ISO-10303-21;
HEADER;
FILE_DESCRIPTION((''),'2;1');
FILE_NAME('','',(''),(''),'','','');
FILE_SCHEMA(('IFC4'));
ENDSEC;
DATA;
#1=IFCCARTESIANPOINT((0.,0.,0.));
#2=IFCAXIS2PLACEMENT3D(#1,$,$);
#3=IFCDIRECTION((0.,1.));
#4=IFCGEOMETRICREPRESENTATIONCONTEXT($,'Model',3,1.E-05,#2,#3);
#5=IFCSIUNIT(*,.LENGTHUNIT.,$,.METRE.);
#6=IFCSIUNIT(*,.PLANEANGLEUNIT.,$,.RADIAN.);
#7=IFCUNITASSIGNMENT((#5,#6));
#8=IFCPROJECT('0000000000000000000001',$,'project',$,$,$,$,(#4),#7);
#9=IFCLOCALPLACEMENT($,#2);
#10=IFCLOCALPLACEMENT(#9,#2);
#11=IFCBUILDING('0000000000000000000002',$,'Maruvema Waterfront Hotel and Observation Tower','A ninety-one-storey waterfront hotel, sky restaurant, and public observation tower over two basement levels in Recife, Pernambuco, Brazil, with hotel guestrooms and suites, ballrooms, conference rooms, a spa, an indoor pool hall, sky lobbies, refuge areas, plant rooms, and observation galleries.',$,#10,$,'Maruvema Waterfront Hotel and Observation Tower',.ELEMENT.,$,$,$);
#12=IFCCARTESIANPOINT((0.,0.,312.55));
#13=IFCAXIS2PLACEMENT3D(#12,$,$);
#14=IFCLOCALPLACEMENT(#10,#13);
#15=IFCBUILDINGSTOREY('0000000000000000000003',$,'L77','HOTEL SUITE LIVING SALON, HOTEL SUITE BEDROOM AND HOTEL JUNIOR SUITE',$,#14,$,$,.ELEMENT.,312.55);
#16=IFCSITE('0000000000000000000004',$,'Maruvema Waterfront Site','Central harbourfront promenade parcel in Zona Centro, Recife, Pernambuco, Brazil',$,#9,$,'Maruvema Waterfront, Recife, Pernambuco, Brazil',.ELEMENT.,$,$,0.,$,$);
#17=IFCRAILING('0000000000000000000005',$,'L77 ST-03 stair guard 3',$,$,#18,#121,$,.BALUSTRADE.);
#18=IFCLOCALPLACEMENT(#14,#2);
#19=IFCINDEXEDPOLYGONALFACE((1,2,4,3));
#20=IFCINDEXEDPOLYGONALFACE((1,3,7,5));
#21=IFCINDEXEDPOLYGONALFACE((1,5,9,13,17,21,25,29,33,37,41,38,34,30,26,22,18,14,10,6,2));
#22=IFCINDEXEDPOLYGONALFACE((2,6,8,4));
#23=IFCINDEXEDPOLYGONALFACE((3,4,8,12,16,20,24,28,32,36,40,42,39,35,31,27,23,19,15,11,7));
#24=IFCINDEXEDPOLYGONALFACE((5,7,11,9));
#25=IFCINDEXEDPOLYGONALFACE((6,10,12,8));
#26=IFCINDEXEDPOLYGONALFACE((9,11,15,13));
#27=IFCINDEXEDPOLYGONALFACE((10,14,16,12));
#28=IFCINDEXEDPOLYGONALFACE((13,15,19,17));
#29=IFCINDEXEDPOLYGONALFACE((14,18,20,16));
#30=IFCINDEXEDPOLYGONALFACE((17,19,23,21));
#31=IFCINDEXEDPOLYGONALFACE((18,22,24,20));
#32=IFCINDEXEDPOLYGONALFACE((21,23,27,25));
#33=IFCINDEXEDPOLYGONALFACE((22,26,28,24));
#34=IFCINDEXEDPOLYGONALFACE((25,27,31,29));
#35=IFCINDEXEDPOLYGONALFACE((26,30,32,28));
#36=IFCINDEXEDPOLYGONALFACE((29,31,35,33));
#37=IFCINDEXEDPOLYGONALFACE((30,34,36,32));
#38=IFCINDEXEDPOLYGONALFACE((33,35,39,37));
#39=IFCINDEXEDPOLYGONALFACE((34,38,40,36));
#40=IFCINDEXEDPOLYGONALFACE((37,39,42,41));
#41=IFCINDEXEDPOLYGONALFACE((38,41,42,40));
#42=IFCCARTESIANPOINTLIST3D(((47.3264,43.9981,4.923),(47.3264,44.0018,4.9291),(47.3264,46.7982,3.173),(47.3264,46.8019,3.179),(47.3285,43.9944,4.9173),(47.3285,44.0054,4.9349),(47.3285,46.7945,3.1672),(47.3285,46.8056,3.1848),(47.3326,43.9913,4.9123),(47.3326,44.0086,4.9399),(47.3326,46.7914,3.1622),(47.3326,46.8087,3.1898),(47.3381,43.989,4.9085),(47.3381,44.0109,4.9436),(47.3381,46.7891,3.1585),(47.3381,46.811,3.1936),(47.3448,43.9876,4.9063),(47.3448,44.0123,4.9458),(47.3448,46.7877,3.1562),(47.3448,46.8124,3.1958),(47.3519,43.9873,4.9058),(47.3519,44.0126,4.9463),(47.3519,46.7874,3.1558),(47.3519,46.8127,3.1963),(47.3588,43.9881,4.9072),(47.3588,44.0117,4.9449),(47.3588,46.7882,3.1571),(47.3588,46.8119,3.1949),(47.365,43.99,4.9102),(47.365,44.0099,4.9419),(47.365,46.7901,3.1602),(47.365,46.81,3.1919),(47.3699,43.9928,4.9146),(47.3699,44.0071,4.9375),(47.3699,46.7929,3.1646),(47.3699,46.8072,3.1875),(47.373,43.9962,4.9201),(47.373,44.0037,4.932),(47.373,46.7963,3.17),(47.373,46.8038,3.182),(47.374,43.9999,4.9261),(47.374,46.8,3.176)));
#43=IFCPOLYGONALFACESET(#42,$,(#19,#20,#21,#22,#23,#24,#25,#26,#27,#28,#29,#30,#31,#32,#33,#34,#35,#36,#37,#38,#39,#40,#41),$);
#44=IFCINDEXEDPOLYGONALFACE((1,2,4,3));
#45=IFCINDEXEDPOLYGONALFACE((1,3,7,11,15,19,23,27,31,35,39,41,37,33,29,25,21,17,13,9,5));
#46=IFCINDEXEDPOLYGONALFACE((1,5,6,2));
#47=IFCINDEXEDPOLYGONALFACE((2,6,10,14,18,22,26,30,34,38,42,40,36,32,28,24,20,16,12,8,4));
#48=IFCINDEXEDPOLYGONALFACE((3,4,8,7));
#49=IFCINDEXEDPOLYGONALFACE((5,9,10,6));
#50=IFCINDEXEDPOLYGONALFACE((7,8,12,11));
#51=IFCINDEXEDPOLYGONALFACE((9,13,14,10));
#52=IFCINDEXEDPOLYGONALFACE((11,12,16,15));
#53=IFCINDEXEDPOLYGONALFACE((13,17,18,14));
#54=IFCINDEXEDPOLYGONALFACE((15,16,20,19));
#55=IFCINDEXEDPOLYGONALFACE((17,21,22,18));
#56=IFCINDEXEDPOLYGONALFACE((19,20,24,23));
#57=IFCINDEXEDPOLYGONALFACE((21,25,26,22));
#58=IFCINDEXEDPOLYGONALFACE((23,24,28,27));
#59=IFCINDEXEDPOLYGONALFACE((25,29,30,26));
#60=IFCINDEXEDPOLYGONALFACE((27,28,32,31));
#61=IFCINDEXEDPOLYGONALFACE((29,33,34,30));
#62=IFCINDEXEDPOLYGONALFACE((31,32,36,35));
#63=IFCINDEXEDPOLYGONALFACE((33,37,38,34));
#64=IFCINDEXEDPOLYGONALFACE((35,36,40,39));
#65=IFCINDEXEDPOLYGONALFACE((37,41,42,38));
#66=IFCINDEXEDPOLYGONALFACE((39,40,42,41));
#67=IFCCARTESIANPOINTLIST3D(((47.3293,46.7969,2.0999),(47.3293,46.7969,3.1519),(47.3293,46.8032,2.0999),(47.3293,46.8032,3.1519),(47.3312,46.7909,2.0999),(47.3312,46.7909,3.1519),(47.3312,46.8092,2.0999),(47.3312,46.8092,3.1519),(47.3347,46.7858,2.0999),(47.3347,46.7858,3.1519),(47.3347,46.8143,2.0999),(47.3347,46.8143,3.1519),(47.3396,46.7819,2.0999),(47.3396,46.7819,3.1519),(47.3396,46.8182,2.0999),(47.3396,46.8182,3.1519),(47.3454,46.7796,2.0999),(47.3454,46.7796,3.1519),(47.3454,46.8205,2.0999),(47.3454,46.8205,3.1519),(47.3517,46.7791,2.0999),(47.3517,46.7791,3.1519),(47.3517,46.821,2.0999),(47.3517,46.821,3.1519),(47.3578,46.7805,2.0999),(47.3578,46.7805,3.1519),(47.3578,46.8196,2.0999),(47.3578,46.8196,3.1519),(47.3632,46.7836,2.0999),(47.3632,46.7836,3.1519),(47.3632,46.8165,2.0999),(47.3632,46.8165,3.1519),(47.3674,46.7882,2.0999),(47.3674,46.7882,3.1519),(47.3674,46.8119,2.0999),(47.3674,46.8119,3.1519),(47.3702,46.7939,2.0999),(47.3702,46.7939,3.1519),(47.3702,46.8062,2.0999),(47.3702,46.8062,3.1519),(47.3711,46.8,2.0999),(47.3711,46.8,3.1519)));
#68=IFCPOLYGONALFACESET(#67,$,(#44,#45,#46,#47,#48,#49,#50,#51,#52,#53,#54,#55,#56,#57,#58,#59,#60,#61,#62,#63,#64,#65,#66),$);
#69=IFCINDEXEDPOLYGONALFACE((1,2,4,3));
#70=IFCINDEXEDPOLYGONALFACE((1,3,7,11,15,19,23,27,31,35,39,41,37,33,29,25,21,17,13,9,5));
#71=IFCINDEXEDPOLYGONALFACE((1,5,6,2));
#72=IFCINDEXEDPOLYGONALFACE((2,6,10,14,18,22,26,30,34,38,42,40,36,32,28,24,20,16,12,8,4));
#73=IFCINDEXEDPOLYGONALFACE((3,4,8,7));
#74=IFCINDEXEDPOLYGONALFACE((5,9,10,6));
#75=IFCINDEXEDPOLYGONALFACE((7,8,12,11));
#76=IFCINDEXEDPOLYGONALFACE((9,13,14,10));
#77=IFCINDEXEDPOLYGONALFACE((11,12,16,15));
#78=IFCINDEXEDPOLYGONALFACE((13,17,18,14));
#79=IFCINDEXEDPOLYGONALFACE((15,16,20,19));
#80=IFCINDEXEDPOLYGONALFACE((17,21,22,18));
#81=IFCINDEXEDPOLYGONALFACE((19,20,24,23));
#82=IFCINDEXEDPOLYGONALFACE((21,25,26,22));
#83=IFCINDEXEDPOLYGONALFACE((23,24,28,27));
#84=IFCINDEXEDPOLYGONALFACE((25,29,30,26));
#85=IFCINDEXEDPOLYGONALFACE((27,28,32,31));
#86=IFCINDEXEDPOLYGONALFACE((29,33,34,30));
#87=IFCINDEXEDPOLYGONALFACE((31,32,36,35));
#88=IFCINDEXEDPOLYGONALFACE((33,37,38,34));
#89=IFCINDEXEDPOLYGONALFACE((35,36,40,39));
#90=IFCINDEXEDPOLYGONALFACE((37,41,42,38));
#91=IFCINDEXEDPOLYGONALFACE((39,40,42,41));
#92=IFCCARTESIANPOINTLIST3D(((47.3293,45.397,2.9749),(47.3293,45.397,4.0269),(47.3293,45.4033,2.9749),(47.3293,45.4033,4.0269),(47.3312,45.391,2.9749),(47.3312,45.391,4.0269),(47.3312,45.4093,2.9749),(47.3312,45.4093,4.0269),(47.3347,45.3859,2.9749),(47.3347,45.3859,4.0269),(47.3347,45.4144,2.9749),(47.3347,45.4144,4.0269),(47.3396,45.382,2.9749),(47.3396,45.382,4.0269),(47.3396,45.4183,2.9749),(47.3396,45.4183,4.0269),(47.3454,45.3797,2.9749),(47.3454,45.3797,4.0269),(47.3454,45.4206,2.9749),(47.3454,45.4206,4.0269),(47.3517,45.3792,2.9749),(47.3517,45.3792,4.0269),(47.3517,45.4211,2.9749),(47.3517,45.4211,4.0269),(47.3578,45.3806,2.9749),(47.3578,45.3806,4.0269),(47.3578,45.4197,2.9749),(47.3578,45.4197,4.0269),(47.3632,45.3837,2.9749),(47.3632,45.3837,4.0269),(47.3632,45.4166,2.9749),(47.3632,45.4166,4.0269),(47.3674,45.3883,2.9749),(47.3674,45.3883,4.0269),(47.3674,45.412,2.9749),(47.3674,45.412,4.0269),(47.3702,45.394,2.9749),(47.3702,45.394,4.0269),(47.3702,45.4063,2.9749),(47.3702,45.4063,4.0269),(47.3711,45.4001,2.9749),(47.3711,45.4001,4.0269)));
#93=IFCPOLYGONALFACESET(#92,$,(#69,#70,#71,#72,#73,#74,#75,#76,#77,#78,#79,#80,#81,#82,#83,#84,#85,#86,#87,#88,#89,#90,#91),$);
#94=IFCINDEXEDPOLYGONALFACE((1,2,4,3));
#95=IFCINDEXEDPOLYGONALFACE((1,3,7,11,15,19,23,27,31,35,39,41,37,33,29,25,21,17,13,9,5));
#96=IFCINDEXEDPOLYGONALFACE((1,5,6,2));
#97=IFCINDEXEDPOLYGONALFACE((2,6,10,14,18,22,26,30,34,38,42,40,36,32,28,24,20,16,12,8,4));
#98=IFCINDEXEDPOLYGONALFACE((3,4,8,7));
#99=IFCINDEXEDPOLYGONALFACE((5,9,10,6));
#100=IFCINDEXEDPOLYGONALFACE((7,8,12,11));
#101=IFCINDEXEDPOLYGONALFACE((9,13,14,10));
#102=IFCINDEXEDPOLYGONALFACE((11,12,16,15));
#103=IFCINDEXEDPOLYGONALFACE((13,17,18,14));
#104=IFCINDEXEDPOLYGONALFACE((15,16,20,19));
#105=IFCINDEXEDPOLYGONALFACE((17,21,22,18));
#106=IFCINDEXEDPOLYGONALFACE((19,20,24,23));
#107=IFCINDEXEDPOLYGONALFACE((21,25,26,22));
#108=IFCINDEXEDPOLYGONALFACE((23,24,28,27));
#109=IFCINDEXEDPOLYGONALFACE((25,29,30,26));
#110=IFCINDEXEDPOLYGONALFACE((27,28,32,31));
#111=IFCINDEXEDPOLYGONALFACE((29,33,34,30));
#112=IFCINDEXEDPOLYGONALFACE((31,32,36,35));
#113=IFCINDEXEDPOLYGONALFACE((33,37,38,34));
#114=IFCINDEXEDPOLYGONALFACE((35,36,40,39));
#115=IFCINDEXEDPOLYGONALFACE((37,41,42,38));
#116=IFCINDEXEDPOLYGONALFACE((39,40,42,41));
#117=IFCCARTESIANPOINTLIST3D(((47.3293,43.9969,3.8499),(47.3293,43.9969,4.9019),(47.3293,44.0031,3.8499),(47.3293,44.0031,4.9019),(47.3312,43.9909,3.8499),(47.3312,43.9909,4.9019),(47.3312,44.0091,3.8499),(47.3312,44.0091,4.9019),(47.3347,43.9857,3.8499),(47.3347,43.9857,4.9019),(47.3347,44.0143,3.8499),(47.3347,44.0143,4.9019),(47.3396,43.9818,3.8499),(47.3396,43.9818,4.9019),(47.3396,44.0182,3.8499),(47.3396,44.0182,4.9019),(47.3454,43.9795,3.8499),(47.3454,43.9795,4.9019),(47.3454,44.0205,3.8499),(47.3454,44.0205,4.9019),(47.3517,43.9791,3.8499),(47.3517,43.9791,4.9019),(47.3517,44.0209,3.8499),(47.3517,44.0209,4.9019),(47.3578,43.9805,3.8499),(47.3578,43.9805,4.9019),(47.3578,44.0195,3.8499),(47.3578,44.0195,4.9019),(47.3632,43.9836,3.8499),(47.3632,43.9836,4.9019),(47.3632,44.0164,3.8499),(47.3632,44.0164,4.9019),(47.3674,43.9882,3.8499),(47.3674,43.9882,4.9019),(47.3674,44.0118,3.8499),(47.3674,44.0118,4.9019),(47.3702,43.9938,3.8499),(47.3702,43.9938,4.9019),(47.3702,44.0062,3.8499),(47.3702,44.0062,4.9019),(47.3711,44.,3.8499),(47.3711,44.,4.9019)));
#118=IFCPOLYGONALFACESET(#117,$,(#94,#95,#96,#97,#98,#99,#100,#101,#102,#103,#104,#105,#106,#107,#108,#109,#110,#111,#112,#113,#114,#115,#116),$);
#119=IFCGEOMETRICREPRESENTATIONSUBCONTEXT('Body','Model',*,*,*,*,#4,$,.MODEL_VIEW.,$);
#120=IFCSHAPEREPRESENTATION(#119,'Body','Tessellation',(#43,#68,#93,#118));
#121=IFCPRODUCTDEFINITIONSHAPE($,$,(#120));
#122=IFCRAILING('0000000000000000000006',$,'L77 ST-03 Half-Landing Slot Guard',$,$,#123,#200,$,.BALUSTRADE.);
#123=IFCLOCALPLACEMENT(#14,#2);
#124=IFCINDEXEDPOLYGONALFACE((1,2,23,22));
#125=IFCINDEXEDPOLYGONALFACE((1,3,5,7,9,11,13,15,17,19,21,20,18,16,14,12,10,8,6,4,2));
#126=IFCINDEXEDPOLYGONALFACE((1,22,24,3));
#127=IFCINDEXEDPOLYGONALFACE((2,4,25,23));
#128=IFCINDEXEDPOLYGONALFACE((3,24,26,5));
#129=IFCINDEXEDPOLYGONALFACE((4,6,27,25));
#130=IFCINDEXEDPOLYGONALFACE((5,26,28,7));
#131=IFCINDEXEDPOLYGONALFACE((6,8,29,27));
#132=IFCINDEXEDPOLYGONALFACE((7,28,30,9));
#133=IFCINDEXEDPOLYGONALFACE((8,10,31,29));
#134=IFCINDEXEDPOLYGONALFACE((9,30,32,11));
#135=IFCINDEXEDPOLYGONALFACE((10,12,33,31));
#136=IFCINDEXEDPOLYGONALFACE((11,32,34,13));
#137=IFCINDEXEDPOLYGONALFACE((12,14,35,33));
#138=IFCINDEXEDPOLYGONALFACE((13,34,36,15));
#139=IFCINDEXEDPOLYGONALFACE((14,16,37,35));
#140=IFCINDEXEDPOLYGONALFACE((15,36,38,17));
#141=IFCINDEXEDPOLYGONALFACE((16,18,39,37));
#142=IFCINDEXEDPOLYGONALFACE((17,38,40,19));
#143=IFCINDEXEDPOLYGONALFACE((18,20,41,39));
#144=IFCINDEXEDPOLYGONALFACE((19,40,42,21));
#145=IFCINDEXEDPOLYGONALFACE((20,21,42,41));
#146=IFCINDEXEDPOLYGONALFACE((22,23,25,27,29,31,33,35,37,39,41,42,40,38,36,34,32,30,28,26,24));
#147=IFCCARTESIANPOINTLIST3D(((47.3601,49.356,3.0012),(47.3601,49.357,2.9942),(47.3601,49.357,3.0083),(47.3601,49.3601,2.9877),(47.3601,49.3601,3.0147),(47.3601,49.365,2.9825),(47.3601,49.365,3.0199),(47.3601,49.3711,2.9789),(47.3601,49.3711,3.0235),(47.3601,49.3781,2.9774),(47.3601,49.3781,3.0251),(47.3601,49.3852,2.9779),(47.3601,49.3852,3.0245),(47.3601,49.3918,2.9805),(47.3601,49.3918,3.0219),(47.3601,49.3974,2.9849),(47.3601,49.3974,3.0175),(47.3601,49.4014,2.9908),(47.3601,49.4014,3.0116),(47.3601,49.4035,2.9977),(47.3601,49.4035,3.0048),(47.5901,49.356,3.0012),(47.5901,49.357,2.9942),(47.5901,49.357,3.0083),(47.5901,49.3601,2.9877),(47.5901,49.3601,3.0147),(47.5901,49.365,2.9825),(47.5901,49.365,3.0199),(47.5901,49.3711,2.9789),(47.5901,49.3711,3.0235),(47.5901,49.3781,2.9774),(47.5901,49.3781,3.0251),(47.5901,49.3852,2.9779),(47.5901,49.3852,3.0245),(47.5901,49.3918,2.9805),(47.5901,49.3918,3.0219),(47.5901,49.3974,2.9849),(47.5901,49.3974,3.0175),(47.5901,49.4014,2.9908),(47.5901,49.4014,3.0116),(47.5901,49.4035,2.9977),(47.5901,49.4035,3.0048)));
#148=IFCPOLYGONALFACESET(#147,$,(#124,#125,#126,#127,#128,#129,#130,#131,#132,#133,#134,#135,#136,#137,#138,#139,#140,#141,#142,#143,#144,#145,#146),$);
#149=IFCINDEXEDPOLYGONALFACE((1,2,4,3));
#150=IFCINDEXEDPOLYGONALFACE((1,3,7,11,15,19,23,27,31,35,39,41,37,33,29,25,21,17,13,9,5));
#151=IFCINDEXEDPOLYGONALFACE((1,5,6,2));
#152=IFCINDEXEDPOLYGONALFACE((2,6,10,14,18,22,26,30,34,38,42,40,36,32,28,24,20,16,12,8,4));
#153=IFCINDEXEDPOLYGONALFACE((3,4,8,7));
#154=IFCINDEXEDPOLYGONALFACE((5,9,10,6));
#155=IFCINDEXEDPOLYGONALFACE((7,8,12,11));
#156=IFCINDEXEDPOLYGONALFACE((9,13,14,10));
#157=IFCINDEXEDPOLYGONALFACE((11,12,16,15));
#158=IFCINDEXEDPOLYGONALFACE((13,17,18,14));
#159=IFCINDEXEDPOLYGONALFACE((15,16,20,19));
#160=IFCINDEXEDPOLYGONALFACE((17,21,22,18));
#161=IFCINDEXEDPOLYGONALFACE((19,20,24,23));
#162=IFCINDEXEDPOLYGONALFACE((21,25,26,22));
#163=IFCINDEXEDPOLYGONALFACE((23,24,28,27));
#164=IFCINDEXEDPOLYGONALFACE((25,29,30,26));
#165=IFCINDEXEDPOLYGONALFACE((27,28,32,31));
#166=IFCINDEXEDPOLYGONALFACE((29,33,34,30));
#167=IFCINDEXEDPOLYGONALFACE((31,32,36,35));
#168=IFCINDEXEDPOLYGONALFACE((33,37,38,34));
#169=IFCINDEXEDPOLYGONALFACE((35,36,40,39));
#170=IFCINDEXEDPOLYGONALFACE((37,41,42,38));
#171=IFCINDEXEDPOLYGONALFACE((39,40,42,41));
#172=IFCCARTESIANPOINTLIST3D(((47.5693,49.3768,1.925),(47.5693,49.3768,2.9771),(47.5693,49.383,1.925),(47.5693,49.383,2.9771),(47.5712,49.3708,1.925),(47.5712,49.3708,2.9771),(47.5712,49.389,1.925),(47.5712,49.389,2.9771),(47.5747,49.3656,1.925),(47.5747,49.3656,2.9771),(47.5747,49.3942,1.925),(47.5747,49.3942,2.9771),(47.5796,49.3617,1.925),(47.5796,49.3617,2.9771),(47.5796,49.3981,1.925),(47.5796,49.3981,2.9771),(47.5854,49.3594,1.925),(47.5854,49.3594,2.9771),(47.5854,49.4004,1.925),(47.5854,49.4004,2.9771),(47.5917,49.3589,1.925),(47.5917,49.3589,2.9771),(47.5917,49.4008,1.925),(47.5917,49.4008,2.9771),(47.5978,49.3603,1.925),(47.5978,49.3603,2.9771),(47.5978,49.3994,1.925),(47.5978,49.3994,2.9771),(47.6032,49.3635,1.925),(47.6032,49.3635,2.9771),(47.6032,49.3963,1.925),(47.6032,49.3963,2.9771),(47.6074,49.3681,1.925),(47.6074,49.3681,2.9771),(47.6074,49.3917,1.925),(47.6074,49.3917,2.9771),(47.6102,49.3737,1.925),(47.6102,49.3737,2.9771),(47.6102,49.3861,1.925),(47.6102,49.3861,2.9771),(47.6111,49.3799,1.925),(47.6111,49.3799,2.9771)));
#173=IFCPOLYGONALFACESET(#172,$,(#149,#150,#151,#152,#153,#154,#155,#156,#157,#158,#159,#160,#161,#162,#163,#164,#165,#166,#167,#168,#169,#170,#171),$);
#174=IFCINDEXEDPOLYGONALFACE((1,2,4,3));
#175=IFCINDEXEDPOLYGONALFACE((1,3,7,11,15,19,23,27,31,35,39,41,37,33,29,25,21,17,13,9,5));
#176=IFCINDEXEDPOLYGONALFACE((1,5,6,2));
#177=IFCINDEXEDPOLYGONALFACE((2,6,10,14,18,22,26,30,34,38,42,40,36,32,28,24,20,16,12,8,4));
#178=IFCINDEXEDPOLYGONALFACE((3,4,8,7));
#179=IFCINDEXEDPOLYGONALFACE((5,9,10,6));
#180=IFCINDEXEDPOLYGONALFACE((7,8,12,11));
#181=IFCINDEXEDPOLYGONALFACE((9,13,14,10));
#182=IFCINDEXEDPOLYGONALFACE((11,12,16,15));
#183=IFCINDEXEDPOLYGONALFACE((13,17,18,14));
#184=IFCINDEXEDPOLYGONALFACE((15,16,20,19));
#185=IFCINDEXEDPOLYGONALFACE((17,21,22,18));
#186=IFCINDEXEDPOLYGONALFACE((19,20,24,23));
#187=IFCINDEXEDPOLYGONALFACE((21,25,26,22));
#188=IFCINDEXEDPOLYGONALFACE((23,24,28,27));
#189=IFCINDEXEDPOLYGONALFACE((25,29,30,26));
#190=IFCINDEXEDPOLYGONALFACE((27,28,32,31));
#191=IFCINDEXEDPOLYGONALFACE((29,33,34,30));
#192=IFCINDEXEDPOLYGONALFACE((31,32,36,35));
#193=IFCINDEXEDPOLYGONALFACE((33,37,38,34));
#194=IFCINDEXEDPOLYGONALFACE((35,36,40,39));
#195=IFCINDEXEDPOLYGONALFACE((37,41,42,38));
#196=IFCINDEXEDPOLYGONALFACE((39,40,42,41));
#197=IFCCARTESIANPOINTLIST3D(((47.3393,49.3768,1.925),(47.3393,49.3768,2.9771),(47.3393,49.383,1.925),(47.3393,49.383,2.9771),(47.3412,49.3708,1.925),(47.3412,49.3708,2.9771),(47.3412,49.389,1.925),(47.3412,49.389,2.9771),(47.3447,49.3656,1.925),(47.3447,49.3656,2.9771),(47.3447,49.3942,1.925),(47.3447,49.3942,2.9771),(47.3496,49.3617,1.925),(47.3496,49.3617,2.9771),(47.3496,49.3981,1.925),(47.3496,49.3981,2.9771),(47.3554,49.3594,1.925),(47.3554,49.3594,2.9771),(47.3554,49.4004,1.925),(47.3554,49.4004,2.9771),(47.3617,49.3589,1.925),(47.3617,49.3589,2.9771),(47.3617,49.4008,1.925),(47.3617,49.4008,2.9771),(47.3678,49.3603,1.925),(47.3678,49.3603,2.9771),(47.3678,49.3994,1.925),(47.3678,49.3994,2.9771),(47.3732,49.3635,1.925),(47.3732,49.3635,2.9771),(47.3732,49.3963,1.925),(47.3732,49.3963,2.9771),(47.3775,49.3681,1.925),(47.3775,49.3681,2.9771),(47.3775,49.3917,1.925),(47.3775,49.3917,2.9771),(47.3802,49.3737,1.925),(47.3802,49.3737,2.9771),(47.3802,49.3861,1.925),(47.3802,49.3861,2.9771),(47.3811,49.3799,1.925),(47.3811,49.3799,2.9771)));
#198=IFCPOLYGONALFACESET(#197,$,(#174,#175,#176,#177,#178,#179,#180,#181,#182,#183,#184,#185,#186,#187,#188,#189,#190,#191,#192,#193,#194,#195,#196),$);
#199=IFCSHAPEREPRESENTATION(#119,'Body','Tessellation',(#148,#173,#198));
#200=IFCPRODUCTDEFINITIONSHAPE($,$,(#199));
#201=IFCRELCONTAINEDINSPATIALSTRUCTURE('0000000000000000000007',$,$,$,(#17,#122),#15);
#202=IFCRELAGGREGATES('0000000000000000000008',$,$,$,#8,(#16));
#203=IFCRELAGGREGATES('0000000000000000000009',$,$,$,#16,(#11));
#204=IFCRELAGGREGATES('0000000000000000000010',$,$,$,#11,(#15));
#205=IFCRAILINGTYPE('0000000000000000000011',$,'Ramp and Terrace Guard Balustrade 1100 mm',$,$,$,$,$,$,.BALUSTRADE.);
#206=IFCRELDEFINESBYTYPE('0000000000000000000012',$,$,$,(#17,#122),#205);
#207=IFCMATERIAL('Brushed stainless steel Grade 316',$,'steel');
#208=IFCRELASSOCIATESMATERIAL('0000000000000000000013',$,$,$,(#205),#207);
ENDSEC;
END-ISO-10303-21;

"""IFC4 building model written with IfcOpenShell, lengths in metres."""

from ifc_helpers import new_model, si_unit, direction, frame, origin, origin_2d, place, context, subcontext, project, spatial, circle, extrude, material, type_object, element, save


model = new_model("IFC4")

# Units and contexts
model_context = context("Model", 3, precision=1e-05, world=origin(), true_north=direction((0.0, 1.0)))
body_context = subcontext(model_context, "Body", "Model", "MODEL_VIEW")
ifc_project = project(units=[si_unit("LENGTHUNIT", "METRE"), si_unit("PLANEANGLEUNIT", "RADIAN")], contexts=[model_context])

# Site, building, storey
site_placement = place(None, origin())
site = spatial("IfcSite", under=ifc_project, at=site_placement, Name="Maruvema Waterfront Site", Description="Central harbourfront promenade parcel in Zona Centro, Recife, Pernambuco, Brazil", LongName="Maruvema Waterfront, Recife, Pernambuco, Brazil", CompositionType="ELEMENT", RefElevation=0.0)
building_placement = place(site_placement, origin())
building = spatial("IfcBuilding", under=site, at=building_placement, Name="Maruvema Waterfront Hotel and Observation Tower", Description="A ninety-one-storey waterfront hotel, sky restaurant, and public observation tower over two basement levels in Recife, Pernambuco, Brazil, with hotel guestrooms and suites, ballrooms, conference rooms, a spa, an indoor pool hall, sky lobbies, refuge areas, plant rooms, and observation galleries.", LongName="Maruvema Waterfront Hotel and Observation Tower", CompositionType="ELEMENT")
storey_placement = place(building_placement, frame((0.0, 0.0, 312.55)))
storey = spatial("IfcBuildingStorey", under=building, at=storey_placement, Name="L77", Description="HOTEL SUITE LIVING SALON, HOTEL SUITE BEDROOM AND HOTEL JUNIOR SUITE", CompositionType="ELEMENT", Elevation=312.55)

# Railings
ifc_material_1 = material(Name="Brushed stainless steel Grade 316", Category="steel")
railing_type_1 = type_object("IfcRailingType", Name="Ramp and Terrace Guard Balustrade 1100 mm", PredefinedType="BALUSTRADE", material=ifc_material_1)
railing_1_placement = place(storey_placement, frame((47.3501, 46.8, 2.0999)))
element("IfcRailing", 1, at=railing_1_placement, inside=storey, type_object=railing_type_1, Name="L77 ST-03 stair guard 3", PredefinedType="BALUSTRADE", context=body_context, shape_type="SweptSolid", body=[
    extrude(circle(Radius=0.0239, at=origin_2d()), frame((0.0, 0.0, 1.0762), z_axis=(0.0, -0.848002, 0.529992), x_axis=(1.0, 0.0, 0.0)), (0.0, 0.0, 1.0), 3.302),
    extrude(circle(Radius=0.021, at=origin_2d()), origin(), (0.0, 0.0, 1.0), 1.052),
    extrude(circle(Radius=0.021, at=origin_2d()), frame((0.0, -1.3999, 0.875)), (0.0, 0.0, 1.0), 1.052),
    extrude(circle(Radius=0.021, at=origin_2d()), frame((0.0, -2.8, 1.75)), (0.0, 0.0, 1.0), 1.052),
])
railing_2_placement = place(storey_placement, frame((47.5901, 49.3799, 1.925)))
element("IfcRailing", 2, at=railing_2_placement, inside=storey, type_object=railing_type_1, Name="L77 ST-03 Half-Landing Slot Guard", PredefinedType="BALUSTRADE", context=body_context, shape_type="SweptSolid", body=[
    extrude(circle(Radius=0.0239, at=origin_2d()), frame((0.0, 0.0, 1.0762), z_axis=(-1.0, 0.0, 0.0), x_axis=(0.0, -1.0, 0.0)), (0.0, 0.0, 1.0), 0.23),
    extrude(circle(Radius=0.021, at=origin_2d()), origin(), (0.0, 0.0, 1.0), 1.052),
    extrude(circle(Radius=0.021, at=origin_2d()), frame((-0.23, 0.0, 0.0)), (0.0, 0.0, 1.0), 1.052),
])

save(model, "model.ifc")
